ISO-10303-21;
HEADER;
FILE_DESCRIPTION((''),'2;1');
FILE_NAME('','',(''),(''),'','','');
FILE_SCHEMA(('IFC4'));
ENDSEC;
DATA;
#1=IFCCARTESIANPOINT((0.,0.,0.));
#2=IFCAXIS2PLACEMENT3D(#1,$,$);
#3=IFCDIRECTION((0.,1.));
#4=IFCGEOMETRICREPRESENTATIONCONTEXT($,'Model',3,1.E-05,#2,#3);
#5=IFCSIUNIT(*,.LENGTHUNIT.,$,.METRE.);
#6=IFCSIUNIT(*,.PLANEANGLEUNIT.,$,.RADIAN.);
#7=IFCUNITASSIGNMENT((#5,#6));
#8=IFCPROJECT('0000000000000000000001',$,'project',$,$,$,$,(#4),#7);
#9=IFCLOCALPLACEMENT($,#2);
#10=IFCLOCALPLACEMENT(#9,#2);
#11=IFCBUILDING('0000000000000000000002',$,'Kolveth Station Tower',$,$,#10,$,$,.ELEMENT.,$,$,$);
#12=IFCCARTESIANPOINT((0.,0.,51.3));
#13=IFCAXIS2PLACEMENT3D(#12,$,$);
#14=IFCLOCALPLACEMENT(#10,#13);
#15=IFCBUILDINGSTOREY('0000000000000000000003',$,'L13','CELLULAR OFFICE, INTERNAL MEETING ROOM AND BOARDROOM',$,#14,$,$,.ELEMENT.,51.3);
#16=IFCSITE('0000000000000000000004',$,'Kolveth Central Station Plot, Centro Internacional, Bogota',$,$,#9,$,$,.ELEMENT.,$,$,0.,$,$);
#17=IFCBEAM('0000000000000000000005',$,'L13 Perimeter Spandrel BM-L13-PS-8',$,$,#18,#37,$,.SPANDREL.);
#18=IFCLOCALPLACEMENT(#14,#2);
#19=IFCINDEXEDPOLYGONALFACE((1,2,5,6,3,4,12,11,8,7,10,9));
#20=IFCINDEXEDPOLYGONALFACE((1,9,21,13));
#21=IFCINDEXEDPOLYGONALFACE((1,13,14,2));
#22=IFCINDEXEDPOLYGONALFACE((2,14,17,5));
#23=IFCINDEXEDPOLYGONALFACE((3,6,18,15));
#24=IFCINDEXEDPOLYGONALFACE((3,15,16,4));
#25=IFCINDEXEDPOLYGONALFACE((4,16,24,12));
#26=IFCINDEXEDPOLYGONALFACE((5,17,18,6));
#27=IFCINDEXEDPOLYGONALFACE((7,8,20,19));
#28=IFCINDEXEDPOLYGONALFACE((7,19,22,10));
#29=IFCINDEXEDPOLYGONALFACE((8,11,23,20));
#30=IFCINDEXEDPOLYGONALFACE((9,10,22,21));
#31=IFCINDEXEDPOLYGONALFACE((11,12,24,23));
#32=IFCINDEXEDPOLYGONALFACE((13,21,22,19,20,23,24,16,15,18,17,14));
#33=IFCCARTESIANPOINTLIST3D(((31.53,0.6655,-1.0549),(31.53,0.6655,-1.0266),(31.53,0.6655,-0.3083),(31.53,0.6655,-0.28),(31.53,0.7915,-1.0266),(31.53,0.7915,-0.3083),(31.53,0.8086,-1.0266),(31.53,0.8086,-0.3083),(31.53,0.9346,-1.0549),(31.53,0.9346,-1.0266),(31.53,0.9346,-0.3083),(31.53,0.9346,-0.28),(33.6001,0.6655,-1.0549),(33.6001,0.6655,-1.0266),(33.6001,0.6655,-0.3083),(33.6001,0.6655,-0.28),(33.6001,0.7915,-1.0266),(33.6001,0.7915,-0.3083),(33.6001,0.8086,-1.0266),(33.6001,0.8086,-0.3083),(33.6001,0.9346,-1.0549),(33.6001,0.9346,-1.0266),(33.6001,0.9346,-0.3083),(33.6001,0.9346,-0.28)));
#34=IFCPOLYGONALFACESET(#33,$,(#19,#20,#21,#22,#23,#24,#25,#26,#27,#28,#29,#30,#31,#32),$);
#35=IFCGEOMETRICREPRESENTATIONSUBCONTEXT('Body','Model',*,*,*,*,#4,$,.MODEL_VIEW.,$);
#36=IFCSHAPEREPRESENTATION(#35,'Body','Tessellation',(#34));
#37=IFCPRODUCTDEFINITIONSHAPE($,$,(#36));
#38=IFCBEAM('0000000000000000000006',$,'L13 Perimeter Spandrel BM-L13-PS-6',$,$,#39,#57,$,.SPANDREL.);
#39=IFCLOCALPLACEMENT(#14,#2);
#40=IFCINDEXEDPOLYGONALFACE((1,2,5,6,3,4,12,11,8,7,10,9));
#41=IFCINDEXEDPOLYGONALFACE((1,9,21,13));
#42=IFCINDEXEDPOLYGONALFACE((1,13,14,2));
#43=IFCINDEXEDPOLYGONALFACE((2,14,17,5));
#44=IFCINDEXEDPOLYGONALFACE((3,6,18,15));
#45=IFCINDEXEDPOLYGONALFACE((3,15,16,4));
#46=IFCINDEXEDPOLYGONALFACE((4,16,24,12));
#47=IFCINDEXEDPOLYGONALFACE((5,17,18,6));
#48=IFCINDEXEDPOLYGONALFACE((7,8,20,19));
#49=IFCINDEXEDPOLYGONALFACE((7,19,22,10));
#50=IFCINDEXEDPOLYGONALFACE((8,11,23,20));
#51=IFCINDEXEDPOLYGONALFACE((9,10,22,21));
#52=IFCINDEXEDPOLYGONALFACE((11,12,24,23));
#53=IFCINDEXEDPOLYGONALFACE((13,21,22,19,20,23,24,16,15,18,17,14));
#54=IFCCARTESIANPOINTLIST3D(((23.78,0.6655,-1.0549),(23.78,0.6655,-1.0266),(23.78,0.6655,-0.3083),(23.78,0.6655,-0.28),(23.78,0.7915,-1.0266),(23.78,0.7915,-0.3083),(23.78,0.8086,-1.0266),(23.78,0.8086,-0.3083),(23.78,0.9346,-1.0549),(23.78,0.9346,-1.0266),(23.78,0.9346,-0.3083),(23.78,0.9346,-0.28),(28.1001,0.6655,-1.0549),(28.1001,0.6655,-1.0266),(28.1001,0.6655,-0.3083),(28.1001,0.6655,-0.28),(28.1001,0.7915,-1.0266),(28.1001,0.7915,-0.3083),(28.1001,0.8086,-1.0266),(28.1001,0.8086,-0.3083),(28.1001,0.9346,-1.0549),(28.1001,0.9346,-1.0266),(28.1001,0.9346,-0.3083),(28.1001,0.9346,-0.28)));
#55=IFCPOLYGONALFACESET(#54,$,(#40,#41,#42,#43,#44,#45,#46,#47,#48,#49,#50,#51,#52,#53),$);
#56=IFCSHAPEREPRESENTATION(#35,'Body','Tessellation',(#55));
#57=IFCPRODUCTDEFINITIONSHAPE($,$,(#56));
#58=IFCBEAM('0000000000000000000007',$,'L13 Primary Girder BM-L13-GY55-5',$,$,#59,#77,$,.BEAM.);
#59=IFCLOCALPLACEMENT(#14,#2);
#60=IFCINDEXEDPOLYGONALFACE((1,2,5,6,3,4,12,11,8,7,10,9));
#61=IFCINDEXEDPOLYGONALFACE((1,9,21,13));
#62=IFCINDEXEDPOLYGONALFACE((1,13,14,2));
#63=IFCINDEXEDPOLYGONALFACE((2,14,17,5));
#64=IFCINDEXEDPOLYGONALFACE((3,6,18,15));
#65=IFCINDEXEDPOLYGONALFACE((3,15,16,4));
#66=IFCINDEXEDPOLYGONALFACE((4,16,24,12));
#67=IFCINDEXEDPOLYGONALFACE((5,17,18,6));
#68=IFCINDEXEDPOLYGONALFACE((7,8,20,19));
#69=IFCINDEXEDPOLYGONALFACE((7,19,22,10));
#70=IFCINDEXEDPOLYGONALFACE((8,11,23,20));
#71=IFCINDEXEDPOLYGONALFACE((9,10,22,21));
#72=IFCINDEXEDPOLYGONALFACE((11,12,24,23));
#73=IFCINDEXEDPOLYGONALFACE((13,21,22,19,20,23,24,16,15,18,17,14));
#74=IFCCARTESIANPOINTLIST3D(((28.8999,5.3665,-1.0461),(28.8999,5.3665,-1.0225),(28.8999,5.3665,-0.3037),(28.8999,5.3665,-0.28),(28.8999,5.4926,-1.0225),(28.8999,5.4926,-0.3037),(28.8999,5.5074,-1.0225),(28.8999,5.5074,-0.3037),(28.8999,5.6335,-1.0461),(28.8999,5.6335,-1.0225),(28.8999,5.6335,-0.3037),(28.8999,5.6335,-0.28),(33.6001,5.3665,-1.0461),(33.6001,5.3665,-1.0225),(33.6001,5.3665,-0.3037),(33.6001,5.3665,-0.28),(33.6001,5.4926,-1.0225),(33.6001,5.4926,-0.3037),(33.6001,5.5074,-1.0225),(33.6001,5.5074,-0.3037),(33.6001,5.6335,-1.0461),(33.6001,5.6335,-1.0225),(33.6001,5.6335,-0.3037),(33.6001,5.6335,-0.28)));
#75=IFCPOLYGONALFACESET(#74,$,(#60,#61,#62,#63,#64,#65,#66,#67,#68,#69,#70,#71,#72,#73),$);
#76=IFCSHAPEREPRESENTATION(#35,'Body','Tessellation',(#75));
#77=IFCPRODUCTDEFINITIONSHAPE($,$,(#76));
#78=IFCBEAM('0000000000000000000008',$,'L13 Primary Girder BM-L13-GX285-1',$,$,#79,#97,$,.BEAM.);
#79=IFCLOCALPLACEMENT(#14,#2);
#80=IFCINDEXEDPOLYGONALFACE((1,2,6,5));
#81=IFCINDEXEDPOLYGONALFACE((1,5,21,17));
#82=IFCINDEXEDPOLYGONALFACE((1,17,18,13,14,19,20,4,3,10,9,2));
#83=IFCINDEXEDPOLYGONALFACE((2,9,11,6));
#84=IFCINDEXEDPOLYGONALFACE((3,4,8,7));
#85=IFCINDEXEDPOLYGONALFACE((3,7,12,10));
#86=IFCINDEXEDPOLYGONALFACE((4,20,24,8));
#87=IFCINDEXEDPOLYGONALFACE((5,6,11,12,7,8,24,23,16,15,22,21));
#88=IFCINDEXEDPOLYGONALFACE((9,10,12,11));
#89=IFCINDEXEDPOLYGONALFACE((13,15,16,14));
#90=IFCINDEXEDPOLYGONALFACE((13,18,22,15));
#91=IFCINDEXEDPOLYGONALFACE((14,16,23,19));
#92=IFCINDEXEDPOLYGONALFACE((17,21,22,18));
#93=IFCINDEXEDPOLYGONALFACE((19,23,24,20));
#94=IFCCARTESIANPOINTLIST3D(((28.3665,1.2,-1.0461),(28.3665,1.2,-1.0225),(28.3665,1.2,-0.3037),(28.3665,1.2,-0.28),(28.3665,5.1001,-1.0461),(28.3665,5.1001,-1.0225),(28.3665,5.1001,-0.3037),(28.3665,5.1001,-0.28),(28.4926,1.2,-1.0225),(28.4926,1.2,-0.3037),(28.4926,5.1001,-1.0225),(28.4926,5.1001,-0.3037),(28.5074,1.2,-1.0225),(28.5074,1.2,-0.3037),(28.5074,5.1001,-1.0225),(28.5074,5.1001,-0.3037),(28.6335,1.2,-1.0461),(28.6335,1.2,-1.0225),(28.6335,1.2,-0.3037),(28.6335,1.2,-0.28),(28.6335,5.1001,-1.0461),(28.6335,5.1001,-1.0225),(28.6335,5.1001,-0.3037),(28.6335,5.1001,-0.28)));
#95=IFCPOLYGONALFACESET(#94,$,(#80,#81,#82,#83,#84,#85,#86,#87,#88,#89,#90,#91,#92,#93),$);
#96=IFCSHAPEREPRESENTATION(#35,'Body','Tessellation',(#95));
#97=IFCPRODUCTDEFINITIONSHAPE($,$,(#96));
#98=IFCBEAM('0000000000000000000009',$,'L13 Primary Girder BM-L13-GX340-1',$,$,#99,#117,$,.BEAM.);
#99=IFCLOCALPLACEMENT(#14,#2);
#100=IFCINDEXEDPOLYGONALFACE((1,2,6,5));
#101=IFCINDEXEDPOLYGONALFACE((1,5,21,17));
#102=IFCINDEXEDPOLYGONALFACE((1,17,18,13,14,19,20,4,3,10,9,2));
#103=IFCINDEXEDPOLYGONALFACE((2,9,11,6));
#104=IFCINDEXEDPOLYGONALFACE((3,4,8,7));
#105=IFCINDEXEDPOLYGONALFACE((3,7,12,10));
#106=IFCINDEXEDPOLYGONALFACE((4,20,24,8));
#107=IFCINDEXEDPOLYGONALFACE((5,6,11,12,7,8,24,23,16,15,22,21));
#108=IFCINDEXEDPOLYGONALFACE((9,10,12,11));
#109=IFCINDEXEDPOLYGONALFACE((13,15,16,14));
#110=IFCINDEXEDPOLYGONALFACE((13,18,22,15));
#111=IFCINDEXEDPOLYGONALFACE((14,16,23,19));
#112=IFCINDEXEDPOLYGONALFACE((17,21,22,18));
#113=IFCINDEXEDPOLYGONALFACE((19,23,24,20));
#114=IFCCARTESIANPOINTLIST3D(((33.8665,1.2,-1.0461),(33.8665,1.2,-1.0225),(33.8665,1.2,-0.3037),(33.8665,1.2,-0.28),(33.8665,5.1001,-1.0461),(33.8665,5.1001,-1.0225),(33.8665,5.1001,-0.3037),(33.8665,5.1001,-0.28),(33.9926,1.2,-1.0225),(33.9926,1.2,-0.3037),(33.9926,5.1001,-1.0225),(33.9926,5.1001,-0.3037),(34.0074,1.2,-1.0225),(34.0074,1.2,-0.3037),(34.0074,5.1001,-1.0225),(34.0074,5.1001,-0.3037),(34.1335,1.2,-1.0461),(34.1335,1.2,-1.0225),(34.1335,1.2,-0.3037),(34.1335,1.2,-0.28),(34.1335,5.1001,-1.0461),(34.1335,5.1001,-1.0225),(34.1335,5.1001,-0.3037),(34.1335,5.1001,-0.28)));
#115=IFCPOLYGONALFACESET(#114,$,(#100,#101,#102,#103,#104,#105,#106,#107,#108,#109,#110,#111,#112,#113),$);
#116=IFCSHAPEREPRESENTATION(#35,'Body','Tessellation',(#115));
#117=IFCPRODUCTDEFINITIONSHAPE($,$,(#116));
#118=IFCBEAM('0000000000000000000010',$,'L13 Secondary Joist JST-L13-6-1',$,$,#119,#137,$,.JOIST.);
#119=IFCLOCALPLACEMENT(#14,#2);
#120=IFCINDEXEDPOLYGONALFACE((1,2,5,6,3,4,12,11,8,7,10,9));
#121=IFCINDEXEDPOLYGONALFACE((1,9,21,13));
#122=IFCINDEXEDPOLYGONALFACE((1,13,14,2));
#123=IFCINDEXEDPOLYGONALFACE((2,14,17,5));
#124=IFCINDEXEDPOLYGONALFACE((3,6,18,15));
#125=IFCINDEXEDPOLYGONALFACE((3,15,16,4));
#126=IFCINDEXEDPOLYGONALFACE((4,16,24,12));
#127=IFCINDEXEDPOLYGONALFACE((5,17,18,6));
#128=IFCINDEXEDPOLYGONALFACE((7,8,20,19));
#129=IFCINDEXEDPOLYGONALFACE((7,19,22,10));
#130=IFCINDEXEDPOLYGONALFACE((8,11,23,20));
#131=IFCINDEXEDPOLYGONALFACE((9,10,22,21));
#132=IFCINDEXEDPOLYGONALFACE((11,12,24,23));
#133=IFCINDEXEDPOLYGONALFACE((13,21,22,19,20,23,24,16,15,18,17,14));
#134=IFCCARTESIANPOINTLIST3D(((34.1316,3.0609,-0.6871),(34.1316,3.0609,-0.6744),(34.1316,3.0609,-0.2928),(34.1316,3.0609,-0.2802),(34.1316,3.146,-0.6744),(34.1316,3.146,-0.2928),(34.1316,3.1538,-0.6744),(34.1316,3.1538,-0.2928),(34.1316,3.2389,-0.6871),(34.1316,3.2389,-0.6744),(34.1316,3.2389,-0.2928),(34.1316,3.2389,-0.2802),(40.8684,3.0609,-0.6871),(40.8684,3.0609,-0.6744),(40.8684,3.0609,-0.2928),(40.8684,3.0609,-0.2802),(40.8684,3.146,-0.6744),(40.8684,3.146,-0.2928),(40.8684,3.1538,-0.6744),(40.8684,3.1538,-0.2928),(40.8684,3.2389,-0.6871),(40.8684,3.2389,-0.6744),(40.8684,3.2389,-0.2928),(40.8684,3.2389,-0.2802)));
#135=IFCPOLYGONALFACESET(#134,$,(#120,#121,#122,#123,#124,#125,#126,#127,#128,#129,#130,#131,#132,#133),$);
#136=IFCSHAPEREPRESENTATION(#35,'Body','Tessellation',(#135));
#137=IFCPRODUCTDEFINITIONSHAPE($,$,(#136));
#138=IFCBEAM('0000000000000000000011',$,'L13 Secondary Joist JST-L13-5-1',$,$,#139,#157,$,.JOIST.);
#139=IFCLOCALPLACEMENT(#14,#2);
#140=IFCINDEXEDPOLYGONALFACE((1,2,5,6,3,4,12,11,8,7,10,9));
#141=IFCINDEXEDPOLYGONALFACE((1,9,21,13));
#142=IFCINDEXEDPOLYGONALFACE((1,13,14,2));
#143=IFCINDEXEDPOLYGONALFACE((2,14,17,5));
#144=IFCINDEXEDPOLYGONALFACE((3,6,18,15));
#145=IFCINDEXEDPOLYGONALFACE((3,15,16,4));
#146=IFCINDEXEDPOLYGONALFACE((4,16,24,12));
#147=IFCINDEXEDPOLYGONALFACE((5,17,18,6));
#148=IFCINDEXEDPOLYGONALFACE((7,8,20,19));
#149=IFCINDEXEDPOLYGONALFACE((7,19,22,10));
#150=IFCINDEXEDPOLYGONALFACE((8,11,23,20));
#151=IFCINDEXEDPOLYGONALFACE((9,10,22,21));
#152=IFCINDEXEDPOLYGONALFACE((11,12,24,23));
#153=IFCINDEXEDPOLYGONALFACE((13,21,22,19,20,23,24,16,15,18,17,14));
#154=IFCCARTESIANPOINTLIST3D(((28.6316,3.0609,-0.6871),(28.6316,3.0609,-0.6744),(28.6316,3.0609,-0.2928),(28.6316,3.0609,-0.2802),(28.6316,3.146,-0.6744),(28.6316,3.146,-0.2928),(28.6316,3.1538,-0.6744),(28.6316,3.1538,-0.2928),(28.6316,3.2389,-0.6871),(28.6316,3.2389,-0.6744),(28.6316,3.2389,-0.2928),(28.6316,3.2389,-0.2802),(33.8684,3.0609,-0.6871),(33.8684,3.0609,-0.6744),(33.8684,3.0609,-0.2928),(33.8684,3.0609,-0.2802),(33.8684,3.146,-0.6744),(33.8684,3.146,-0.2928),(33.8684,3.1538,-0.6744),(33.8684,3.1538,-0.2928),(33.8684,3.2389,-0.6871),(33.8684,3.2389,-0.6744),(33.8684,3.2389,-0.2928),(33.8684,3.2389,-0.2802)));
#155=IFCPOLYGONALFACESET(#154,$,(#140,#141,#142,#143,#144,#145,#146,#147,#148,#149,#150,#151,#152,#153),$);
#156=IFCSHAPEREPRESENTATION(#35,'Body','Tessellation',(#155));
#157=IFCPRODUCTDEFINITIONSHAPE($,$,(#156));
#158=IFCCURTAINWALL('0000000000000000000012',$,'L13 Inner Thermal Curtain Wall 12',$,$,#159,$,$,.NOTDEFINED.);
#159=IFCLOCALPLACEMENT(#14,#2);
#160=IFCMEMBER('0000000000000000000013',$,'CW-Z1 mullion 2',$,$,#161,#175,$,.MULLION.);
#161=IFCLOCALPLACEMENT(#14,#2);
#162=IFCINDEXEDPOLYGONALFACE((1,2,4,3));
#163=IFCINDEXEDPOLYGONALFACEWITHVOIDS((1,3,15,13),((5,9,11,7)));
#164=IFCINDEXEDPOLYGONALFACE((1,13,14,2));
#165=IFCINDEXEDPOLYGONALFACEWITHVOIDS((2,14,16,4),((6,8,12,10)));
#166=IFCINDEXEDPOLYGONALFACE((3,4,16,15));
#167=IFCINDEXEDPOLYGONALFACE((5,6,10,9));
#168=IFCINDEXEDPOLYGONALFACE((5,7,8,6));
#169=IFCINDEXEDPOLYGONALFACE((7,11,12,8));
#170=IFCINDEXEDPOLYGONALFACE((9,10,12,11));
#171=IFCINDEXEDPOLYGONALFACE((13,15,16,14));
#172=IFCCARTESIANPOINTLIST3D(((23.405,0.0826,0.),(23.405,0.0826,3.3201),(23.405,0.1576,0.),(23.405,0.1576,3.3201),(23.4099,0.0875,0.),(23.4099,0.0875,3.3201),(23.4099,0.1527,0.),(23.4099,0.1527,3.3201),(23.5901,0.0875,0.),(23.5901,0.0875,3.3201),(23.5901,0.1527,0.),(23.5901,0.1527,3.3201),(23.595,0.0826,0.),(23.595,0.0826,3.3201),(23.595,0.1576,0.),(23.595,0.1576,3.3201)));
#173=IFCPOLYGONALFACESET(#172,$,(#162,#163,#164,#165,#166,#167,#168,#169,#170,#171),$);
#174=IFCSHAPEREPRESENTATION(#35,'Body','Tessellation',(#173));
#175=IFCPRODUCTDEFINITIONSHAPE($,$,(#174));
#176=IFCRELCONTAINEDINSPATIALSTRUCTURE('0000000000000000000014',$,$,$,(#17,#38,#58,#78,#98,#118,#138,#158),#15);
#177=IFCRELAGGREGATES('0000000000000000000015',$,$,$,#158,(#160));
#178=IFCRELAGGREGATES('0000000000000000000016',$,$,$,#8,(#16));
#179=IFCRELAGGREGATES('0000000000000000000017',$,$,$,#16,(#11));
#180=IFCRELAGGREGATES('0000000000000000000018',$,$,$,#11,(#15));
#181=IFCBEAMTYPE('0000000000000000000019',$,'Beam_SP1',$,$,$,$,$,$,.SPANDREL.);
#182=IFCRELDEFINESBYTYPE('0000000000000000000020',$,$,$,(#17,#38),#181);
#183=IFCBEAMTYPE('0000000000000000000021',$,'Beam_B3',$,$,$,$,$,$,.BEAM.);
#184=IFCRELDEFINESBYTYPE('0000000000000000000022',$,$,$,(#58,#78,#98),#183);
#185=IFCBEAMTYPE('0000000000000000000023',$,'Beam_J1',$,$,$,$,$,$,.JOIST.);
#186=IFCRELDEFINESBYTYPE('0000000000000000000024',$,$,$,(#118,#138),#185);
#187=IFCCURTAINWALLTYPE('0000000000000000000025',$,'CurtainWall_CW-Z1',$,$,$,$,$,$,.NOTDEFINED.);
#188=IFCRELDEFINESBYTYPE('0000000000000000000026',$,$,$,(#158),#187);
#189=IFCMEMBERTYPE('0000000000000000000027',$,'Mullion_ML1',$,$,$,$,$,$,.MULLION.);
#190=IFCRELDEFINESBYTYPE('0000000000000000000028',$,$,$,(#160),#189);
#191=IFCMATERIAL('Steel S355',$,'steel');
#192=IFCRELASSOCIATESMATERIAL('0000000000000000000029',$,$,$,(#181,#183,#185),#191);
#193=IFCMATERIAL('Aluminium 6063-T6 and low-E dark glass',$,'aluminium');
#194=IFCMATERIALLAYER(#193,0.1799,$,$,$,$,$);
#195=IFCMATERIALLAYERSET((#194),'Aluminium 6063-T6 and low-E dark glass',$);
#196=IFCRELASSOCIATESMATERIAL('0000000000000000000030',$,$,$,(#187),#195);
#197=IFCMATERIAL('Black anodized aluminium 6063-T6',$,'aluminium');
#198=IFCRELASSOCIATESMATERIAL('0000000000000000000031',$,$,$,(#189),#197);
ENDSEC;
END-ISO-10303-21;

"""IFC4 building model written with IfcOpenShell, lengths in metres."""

from ifc_helpers import new_model, si_unit, direction, frame, origin, origin_2d, place, context, subcontext, project, spatial, hollow_rectangle, i_section, extrude, source, transform, mapped, material, layer, layer_set, material_profile, profile_set, type_object, element, aggregate, save


model = new_model("IFC4")

# Units and contexts
model_context = context("Model", 3, precision=1e-05, world=origin(), true_north=direction((0.0, 1.0)))
body_context = subcontext(model_context, "Body", "Model", "MODEL_VIEW")
ifc_project = project(units=[si_unit("LENGTHUNIT", "METRE"), si_unit("PLANEANGLEUNIT", "RADIAN")], contexts=[model_context])

# Site, building, storey
site_placement = place(None, origin())
site = spatial("IfcSite", under=ifc_project, at=site_placement, Name="Kolveth Central Station Plot, Centro Internacional, Bogota", CompositionType="ELEMENT", RefElevation=0.0)
building_placement = place(site_placement, origin())
building = spatial("IfcBuilding", under=site, at=building_placement, Name="Kolveth Station Tower", CompositionType="ELEMENT")
storey_placement = place(building_placement, frame((0.0, 0.0, 51.3)))
storey = spatial("IfcBuildingStorey", under=building, at=storey_placement, Name="L13", Description="CELLULAR OFFICE, INTERNAL MEETING ROOM AND BOARDROOM", CompositionType="ELEMENT", Elevation=51.3)

# Shared definitions
ifc_material_1 = material(Name="Steel S355", Category="steel")

# Beams
ifc_material_profile_1 = material_profile(ifc_material_1, i_section(OverallWidth=0.269, OverallDepth=0.7749, WebThickness=0.0171, FlangeThickness=0.0283, at=origin_2d()), Name="W760x220")
ifc_profile_set_1 = profile_set([ifc_material_profile_1], Name="Steel S355")
beam_type_1 = type_object("IfcBeamType", Name="Beam_SP1", PredefinedType="SPANDREL", material=ifc_profile_set_1)
shared_shape_1 = source(origin(), body_context, "Body", "SweptSolid", [
    extrude(i_section(OverallWidth=0.269, OverallDepth=0.7749, WebThickness=0.0171, FlangeThickness=0.0283, at=origin_2d()), origin(), (0.0, 0.0, 1.0), 2.0701),
])
for number, where, z_axis, x_axis, name in (
    (1, (31.53, 0.8, -0.6675), (1.0, 0.0, 0.0), (0.0, 1.0, 0.0), "L13 Perimeter Spandrel BM-L13-PS-8"),
):
    element("IfcBeam", number, at=place(storey_placement, frame(where, z_axis=z_axis, x_axis=x_axis)), inside=storey, type_object=beam_type_1, Name=name, PredefinedType="SPANDREL", context=body_context, shape_type="MappedRepresentation", body=[
        mapped(shared_shape_1, transform((0.0, 0.0, 0.0), x_axis=(1.0, 0.0, 0.0), y_axis=(0.0, 1.0, 0.0), z_axis=(0.0, 0.0, 1.0), scale=1.0)),
    ])
shared_shape_2 = source(origin(), body_context, "Body", "SweptSolid", [
    extrude(i_section(OverallWidth=0.269, OverallDepth=0.7749, WebThickness=0.0171, FlangeThickness=0.0283, at=origin_2d()), origin(), (0.0, 0.0, 1.0), 4.3201),
])
beam_1_placement = place(storey_placement, frame((23.78, 0.8, -0.6675), z_axis=(1.0, 0.0, 0.0), x_axis=(0.0, 1.0, 0.0)))
element("IfcBeam", 2, at=beam_1_placement, inside=storey, type_object=beam_type_1, Name="L13 Perimeter Spandrel BM-L13-PS-6", PredefinedType="SPANDREL", context=body_context, shape_type="MappedRepresentation", body=[
    mapped(shared_shape_2, transform((0.0, 0.0, 0.0), x_axis=(1.0, 0.0, 0.0), y_axis=(0.0, 1.0, 0.0), z_axis=(0.0, 0.0, 1.0), scale=1.0)),
])
ifc_material_profile_2 = material_profile(ifc_material_1, i_section(OverallWidth=0.2671, OverallDepth=0.7661, WebThickness=0.0149, FlangeThickness=0.0237, at=origin_2d()), Name="W760x185")
ifc_profile_set_2 = profile_set([ifc_material_profile_2], Name="Steel S355")
beam_type_2 = type_object("IfcBeamType", Name="Beam_B3", PredefinedType="BEAM", material=ifc_profile_set_2)
shared_shape_3 = source(origin(), body_context, "Body", "SweptSolid", [
    extrude(i_section(OverallWidth=0.2671, OverallDepth=0.7661, WebThickness=0.0149, FlangeThickness=0.0237, at=origin_2d()), origin(), (0.0, 0.0, 1.0), 4.7002),
])
beam_2_placement = place(storey_placement, frame((28.8999, 5.5, -0.6631), z_axis=(1.0, 0.0, 0.0), x_axis=(0.0, 1.0, 0.0)))
element("IfcBeam", 3, at=beam_2_placement, inside=storey, type_object=beam_type_2, Name="L13 Primary Girder BM-L13-GY55-5", PredefinedType="BEAM", context=body_context, shape_type="MappedRepresentation", body=[
    mapped(shared_shape_3, transform((0.0, 0.0, 0.0), x_axis=(1.0, 0.0, 0.0), y_axis=(0.0, 1.0, 0.0), z_axis=(0.0, 0.0, 1.0), scale=1.0)),
])
shared_shape_4 = source(origin(), body_context, "Body", "SweptSolid", [
    extrude(i_section(OverallWidth=0.2671, OverallDepth=0.7661, WebThickness=0.0149, FlangeThickness=0.0237, at=origin_2d()), origin(), (0.0, 0.0, 1.0), 3.9001),
])
for number, where, z_axis, x_axis, name in (
    (4, (28.5, 1.2, -0.6631), (0.0, 1.0, 0.0), (-1.0, 0.0, 0.0), "L13 Primary Girder BM-L13-GX285-1"),
    (5, (34.0, 1.2, -0.6631), (0.0, 1.0, 0.0), (-1.0, 0.0, 0.0), "L13 Primary Girder BM-L13-GX340-1"),
):
    element("IfcBeam", number, at=place(storey_placement, frame(where, z_axis=z_axis, x_axis=x_axis)), inside=storey, type_object=beam_type_2, Name=name, PredefinedType="BEAM", context=body_context, shape_type="MappedRepresentation", body=[
        mapped(shared_shape_4, transform((0.0, 0.0, 0.0), x_axis=(1.0, 0.0, 0.0), y_axis=(0.0, 1.0, 0.0), z_axis=(0.0, 0.0, 1.0), scale=1.0)),
    ])
ifc_material_profile_3 = material_profile(ifc_material_1, i_section(OverallWidth=0.178, OverallDepth=0.407, WebThickness=0.0078, FlangeThickness=0.0127, at=origin_2d()), Name="W410x60")
ifc_profile_set_3 = profile_set([ifc_material_profile_3], Name="Steel S355")
beam_type_3 = type_object("IfcBeamType", Name="Beam_J1", PredefinedType="JOIST", material=ifc_profile_set_3)
shared_shape_5 = source(origin(), body_context, "Body", "SweptSolid", [
    extrude(i_section(OverallWidth=0.178, OverallDepth=0.407, WebThickness=0.0078, FlangeThickness=0.0127, at=origin_2d()), origin(), (0.0, 0.0, 1.0), 6.7368),
])
beam_3_placement = place(storey_placement, frame((34.1316, 3.1499, -0.4836), z_axis=(1.0, 0.0, 0.0), x_axis=(0.0, 1.0, 0.0)))
element("IfcBeam", 6, at=beam_3_placement, inside=storey, type_object=beam_type_3, Name="L13 Secondary Joist JST-L13-6-1", PredefinedType="JOIST", context=body_context, shape_type="MappedRepresentation", body=[
    mapped(shared_shape_5, transform((0.0, 0.0, 0.0), x_axis=(1.0, 0.0, 0.0), y_axis=(0.0, 1.0, 0.0), z_axis=(0.0, 0.0, 1.0), scale=1.0)),
])
shared_shape_6 = source(origin(), body_context, "Body", "SweptSolid", [
    extrude(i_section(OverallWidth=0.178, OverallDepth=0.407, WebThickness=0.0078, FlangeThickness=0.0127, at=origin_2d()), origin(), (0.0, 0.0, 1.0), 5.2368),
])
beam_4_placement = place(storey_placement, frame((28.6316, 3.1499, -0.4836), z_axis=(1.0, 0.0, 0.0), x_axis=(0.0, 1.0, 0.0)))
element("IfcBeam", 7, at=beam_4_placement, inside=storey, type_object=beam_type_3, Name="L13 Secondary Joist JST-L13-5-1", PredefinedType="JOIST", context=body_context, shape_type="MappedRepresentation", body=[
    mapped(shared_shape_6, transform((0.0, 0.0, 0.0), x_axis=(1.0, 0.0, 0.0), y_axis=(0.0, 1.0, 0.0), z_axis=(0.0, 0.0, 1.0), scale=1.0)),
])

# Curtain wall, member
ifc_material_2 = material(Name="Aluminium 6063-T6 and low-E dark glass", Category="aluminium")
ifc_layer_1 = layer(ifc_material_2, 0.1799)
ifc_layer_set_1 = layer_set([ifc_layer_1], Name="Aluminium 6063-T6 and low-E dark glass")
curtain_wall_type_1 = type_object("IfcCurtainWallType", Name="CurtainWall_CW-Z1", PredefinedType="NOTDEFINED", material=ifc_layer_set_1)
curtain_wall_1_placement = place(storey_placement, origin())
curtain_wall_1 = element("IfcCurtainWall", 8, at=curtain_wall_1_placement, inside=storey, type_object=curtain_wall_type_1, Name="L13 Inner Thermal Curtain Wall 12", PredefinedType="NOTDEFINED")
ifc_material_3 = material(Name="Black anodized aluminium 6063-T6", Category="aluminium")
ifc_material_profile_4 = material_profile(ifc_material_3, hollow_rectangle(XDim=0.075, YDim=0.1899, WallThickness=0.0049, at=origin_2d()), Name="ALU-75x190x5")
ifc_profile_set_4 = profile_set([ifc_material_profile_4], Name="Black anodized aluminium 6063-T6")
member_type_1 = type_object("IfcMemberType", Name="Mullion_ML1", PredefinedType="MULLION", material=ifc_profile_set_4)
shared_shape_7 = source(origin(), body_context, "Body", "SweptSolid", [
    extrude(hollow_rectangle(XDim=0.075, YDim=0.1899, WallThickness=0.0049, at=origin_2d()), origin(), (0.0, 0.0, 1.0), 3.3201),
])
member_1_placement = place(storey_placement, frame((23.5, 0.1201, 0.0), z_axis=(0.0, 0.0, 1.0), x_axis=(0.0, 1.0, 0.0)))
member_1 = element("IfcMember", 9, at=member_1_placement, type_object=member_type_1, Name="CW-Z1 mullion 2", PredefinedType="MULLION", context=body_context, shape_type="MappedRepresentation", body=[
    mapped(shared_shape_7, transform((0.0, 0.0, 0.0), x_axis=(1.0, 0.0, 0.0), y_axis=(0.0, 1.0, 0.0), z_axis=(0.0, 0.0, 1.0), scale=1.0)),
])
aggregate(curtain_wall_1, [member_1])

save(model, "model.ifc")
